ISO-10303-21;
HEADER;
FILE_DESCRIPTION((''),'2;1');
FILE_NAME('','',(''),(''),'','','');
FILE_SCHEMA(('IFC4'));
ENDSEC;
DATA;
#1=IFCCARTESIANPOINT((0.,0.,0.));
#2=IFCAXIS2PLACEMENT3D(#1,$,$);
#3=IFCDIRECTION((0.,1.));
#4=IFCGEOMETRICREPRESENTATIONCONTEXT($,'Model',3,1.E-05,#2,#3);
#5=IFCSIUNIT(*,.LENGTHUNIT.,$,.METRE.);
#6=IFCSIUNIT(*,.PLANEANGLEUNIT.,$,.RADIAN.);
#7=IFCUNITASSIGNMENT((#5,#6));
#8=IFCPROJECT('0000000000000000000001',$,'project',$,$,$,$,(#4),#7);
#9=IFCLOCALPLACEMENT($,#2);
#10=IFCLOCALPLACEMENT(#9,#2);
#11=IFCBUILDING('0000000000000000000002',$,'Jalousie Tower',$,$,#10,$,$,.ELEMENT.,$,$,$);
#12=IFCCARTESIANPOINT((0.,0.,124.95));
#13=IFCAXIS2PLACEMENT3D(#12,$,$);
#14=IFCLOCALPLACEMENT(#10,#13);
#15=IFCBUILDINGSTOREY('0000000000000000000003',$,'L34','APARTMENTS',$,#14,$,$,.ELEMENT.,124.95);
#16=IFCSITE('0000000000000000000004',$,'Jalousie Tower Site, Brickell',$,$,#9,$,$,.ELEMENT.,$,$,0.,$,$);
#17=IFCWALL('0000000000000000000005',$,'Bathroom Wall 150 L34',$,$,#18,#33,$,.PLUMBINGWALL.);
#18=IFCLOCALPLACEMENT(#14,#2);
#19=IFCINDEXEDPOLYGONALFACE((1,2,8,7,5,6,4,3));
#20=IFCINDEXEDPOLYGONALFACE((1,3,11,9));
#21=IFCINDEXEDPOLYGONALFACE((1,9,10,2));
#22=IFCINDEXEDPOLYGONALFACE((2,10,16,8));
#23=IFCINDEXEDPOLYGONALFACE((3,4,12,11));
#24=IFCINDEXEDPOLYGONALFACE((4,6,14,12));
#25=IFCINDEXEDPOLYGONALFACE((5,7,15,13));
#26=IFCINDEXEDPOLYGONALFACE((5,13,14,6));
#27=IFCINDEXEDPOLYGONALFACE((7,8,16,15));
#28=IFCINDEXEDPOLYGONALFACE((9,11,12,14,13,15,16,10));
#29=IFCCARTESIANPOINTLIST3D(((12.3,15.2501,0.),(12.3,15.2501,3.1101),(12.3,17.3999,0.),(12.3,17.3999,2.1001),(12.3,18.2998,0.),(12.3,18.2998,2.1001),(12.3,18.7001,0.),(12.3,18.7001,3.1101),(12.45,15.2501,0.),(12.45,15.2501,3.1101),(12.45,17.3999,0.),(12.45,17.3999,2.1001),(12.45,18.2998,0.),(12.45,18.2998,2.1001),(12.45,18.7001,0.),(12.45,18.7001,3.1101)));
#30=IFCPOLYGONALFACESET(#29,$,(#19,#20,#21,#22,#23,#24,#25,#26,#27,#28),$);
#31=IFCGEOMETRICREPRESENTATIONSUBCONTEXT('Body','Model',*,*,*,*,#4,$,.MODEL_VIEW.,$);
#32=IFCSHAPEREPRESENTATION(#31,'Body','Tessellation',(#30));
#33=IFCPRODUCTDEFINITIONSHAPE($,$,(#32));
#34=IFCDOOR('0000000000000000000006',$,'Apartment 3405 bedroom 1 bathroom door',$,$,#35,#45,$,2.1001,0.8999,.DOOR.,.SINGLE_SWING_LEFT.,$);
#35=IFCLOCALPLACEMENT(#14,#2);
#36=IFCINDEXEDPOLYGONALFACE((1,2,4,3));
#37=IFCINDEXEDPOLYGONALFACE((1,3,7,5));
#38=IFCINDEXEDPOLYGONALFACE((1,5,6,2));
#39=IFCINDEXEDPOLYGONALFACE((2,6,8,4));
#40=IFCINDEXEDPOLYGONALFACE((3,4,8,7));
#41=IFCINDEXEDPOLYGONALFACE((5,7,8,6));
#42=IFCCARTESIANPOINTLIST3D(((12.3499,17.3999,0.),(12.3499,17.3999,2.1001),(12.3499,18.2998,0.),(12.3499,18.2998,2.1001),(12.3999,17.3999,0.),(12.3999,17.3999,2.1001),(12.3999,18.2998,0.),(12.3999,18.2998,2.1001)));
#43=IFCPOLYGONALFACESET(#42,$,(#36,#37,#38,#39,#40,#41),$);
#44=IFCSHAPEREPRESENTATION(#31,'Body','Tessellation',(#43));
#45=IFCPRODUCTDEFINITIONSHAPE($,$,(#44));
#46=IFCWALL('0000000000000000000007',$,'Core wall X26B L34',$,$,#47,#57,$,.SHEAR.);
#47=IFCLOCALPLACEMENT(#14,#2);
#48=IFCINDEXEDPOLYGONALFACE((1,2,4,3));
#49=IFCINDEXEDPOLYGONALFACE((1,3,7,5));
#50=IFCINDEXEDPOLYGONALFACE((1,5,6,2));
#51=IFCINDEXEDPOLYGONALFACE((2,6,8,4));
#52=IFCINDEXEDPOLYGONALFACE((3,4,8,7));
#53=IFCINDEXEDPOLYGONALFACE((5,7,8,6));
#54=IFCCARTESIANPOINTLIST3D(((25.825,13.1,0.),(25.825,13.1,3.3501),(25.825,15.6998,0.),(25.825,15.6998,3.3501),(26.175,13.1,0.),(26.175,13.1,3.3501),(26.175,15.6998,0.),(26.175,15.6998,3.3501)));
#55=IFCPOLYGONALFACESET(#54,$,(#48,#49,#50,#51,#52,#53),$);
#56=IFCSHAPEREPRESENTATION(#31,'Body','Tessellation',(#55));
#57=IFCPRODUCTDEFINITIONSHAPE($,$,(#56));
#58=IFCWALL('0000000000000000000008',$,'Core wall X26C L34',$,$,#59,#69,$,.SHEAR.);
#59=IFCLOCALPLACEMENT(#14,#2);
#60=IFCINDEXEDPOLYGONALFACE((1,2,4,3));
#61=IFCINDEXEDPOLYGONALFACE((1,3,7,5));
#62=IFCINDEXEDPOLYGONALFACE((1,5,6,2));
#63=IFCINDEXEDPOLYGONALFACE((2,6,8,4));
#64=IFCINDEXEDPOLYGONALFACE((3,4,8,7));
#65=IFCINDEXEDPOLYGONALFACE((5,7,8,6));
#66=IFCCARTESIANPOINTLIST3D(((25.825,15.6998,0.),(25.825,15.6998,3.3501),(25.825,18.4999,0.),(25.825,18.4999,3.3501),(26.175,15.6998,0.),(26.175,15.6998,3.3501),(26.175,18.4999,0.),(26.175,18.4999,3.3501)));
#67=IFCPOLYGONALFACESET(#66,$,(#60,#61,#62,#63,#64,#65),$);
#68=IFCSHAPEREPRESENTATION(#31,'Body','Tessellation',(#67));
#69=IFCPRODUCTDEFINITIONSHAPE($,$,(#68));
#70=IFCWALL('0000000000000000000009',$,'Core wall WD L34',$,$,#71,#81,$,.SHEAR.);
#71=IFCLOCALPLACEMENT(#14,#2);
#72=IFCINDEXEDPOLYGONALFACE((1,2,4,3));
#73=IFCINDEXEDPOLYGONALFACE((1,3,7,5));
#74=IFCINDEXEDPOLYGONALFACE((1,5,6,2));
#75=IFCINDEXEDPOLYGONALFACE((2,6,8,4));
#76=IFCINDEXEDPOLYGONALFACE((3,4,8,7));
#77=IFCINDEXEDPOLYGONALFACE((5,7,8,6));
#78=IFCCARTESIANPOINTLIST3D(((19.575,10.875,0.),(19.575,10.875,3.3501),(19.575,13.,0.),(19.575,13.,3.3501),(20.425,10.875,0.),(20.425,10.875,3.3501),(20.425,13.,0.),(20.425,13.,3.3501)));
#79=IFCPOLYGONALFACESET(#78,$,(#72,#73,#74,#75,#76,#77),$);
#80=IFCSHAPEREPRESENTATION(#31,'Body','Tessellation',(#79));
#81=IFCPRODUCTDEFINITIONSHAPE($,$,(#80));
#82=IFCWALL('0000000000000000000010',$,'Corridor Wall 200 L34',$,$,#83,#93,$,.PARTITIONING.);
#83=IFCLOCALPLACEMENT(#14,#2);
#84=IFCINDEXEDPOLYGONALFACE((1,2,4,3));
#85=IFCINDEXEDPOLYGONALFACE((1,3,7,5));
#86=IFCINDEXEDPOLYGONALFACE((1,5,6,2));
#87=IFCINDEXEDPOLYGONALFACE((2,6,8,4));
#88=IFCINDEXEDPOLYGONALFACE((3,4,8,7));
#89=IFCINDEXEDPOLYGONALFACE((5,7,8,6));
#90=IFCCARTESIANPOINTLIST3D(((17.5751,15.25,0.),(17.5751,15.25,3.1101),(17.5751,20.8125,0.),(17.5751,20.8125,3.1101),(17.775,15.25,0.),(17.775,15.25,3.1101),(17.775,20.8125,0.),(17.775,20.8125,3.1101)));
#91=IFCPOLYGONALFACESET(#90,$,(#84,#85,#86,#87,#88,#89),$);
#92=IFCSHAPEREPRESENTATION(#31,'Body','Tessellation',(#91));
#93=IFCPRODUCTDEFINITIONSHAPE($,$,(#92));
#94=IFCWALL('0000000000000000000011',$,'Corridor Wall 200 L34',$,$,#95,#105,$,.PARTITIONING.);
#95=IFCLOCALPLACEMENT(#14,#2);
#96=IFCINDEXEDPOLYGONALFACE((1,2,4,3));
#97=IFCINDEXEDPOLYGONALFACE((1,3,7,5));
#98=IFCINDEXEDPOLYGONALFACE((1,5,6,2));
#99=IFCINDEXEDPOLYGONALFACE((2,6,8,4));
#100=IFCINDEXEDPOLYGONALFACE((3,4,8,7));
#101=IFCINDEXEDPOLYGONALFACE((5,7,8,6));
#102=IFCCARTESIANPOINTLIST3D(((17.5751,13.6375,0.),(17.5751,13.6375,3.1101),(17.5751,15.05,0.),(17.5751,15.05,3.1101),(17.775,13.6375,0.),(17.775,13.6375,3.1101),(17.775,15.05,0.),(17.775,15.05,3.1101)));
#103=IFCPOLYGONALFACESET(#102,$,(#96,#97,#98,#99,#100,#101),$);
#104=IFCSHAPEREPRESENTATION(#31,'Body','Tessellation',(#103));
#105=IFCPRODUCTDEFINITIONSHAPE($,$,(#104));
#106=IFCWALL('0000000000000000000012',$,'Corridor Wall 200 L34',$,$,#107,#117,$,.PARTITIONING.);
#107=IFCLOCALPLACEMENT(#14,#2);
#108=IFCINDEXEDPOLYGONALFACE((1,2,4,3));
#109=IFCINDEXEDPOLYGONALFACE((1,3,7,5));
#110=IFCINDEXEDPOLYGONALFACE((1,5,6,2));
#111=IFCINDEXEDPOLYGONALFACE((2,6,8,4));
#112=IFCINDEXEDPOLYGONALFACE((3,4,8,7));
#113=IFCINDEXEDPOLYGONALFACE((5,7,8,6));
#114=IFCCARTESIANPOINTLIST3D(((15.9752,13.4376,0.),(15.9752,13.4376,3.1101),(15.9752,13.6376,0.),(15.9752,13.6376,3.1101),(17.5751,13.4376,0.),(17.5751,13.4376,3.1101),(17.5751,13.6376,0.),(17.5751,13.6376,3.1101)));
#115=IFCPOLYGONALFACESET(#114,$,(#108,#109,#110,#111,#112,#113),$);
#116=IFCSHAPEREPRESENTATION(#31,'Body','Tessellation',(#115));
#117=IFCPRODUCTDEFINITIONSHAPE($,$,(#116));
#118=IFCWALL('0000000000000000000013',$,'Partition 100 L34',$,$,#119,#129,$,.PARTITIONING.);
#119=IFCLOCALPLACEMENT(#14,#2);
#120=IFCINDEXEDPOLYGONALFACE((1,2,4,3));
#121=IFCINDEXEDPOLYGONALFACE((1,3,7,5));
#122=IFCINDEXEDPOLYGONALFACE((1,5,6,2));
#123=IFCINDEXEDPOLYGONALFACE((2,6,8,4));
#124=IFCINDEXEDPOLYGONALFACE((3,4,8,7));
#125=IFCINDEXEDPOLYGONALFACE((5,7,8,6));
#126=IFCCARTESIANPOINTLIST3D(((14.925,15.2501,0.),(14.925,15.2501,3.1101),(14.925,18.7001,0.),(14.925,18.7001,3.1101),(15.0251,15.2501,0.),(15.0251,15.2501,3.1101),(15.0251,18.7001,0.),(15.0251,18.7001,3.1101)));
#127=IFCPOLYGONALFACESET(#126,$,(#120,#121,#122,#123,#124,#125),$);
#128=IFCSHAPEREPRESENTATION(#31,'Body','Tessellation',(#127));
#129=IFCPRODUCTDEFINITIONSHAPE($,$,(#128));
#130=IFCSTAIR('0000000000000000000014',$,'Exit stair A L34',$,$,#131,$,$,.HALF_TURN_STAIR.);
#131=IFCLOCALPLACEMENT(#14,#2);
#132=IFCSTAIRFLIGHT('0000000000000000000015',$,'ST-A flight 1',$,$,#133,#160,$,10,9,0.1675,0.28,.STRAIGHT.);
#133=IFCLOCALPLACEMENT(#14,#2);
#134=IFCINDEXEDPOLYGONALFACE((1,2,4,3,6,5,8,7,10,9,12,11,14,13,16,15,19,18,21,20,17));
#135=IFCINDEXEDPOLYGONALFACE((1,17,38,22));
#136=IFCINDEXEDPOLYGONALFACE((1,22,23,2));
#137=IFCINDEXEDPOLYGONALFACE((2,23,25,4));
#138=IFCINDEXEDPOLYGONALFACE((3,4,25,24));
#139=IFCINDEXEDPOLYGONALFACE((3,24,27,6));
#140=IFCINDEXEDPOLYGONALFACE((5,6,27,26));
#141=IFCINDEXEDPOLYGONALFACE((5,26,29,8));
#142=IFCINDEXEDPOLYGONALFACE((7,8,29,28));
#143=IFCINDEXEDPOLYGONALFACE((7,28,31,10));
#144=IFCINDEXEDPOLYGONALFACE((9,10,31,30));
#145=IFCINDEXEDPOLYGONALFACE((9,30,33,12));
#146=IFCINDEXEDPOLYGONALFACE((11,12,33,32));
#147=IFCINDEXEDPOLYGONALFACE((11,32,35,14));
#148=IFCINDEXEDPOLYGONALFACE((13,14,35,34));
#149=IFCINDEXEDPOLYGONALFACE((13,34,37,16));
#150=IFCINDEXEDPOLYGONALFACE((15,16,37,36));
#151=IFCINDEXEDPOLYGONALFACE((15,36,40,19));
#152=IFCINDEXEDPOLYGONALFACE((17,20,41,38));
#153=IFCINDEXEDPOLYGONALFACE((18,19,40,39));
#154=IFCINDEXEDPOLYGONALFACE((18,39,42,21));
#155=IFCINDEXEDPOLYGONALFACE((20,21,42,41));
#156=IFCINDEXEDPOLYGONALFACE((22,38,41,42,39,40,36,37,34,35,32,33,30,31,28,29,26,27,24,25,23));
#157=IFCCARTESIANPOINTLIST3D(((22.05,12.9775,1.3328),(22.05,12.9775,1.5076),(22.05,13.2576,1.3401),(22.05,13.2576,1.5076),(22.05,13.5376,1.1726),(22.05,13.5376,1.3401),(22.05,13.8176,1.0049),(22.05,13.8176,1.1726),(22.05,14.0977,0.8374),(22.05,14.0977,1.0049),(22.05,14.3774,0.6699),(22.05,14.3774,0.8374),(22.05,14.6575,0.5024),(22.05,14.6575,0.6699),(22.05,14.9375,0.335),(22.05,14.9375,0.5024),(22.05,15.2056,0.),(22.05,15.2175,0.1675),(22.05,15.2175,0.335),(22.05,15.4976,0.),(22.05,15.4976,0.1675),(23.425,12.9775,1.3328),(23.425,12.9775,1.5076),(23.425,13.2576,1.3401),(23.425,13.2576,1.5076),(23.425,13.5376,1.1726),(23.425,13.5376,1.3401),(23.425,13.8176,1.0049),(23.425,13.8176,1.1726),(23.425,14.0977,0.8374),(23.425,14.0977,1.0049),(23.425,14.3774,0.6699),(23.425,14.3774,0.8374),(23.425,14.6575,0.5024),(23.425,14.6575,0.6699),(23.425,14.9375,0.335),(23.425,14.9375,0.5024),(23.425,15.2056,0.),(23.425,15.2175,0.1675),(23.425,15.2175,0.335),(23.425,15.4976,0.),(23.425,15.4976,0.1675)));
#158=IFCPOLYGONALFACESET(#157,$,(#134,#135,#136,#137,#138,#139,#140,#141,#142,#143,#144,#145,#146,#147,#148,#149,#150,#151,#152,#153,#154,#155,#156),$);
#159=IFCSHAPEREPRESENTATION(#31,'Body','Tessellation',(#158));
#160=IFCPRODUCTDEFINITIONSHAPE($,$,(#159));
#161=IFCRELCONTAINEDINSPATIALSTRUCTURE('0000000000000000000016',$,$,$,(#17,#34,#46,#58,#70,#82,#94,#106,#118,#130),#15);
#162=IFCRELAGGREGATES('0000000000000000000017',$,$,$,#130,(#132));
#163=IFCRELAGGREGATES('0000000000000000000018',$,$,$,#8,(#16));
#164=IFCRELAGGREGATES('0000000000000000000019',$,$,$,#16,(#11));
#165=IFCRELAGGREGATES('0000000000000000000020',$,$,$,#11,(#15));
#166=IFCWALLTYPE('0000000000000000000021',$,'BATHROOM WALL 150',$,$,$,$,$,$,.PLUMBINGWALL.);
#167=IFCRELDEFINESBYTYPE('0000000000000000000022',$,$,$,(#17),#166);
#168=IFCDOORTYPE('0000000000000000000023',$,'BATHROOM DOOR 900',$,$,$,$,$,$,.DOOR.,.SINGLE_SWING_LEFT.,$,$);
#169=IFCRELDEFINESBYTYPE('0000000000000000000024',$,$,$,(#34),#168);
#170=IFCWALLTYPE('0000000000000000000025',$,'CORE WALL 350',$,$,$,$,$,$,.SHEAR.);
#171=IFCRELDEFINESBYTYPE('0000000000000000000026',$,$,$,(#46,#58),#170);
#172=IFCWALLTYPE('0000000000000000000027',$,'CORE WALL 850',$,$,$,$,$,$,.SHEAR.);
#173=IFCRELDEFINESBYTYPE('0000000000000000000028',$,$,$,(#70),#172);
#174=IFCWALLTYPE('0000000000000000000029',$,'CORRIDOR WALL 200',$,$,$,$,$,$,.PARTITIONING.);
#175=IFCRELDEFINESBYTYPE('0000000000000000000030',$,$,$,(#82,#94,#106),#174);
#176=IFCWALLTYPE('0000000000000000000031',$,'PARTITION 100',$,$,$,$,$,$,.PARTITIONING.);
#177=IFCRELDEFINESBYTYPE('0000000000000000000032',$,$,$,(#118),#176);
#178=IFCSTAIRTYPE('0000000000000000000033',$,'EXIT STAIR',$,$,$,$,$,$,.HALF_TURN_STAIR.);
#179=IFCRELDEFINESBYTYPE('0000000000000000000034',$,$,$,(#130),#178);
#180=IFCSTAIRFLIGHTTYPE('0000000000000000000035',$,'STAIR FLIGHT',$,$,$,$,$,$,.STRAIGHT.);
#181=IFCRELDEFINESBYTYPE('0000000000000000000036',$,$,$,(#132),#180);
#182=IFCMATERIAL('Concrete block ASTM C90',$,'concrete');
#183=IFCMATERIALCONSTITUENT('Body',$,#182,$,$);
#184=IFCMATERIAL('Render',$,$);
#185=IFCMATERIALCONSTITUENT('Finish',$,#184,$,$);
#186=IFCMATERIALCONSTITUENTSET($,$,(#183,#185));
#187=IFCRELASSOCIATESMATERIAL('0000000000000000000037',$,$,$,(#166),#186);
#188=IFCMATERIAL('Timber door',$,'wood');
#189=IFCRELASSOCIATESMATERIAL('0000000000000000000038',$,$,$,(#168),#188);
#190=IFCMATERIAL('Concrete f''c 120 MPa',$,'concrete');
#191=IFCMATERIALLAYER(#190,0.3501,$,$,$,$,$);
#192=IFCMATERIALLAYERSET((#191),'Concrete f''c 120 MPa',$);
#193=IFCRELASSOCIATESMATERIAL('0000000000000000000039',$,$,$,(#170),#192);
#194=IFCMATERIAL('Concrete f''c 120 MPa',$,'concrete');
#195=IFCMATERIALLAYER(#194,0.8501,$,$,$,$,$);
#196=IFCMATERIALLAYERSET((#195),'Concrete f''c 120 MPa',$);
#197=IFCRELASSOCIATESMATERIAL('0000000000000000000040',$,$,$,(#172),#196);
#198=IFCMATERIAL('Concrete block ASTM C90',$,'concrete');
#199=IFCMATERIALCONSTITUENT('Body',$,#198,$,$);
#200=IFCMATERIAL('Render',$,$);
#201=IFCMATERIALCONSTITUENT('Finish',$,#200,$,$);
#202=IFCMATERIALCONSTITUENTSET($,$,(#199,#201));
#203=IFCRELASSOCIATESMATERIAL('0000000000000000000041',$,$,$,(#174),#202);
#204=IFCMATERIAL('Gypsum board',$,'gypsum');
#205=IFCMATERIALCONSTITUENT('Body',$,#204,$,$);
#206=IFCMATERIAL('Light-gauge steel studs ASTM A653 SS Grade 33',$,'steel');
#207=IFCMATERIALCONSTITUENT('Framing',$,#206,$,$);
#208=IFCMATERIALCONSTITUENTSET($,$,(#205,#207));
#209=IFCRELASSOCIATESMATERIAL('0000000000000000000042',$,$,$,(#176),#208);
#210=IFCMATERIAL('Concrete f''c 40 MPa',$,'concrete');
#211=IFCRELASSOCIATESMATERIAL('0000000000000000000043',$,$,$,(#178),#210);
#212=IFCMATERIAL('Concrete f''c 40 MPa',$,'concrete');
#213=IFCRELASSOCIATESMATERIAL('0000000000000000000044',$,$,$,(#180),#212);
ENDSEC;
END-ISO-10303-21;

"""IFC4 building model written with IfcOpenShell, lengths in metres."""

from ifc_helpers import new_model, si_unit, direction, frame, frame_2d, origin, place, context, subcontext, project, spatial, polyline, rectangle, outline, extrude, material, layer, layer_set, constituent, constituent_set, type_object, element, fill, aggregate, save


model = new_model("IFC4")

# Units and contexts
model_context = context("Model", 3, precision=1e-05, world=origin(), true_north=direction((0.0, 1.0)))
body_context = subcontext(model_context, "Body", "Model", "MODEL_VIEW")
ifc_project = project(units=[si_unit("LENGTHUNIT", "METRE"), si_unit("PLANEANGLEUNIT", "RADIAN")], contexts=[model_context])

# Site, building, storey
site_placement = place(None, origin())
site = spatial("IfcSite", under=ifc_project, at=site_placement, Name="Jalousie Tower Site, Brickell", CompositionType="ELEMENT", RefElevation=0.0)
building_placement = place(site_placement, origin())
building = spatial("IfcBuilding", under=site, at=building_placement, Name="Jalousie Tower", CompositionType="ELEMENT")
storey_placement = place(building_placement, frame((0.0, 0.0, 124.95)))
storey = spatial("IfcBuildingStorey", under=building, at=storey_placement, Name="L34", Description="APARTMENTS", CompositionType="ELEMENT", Elevation=124.95)

# Wall, opening, door
ifc_material_1 = material(Name="Concrete block ASTM C90", Category="concrete")
ifc_constituent_1 = constituent(ifc_material_1, Name="Body")
ifc_material_2 = material(Name="Render")
ifc_constituent_2 = constituent(ifc_material_2, Name="Finish")
ifc_constituent_set_1 = constituent_set(constituents=[ifc_constituent_1, ifc_constituent_2])
wall_type_1 = type_object("IfcWallType", Name="BATHROOM WALL 150", PredefinedType="PLUMBINGWALL", material=ifc_constituent_set_1)
wall_1_placement = place(storey_placement, frame((12.375, 15.25, 0.0), z_axis=(0.0, 0.0, 1.0), x_axis=(0.0, 1.0, 0.0)))
wall_1 = element("IfcWall", 1, at=wall_1_placement, inside=storey, type_object=wall_type_1, Name="Bathroom Wall 150 L34", PredefinedType="PLUMBINGWALL", context=body_context, shape_type="SweptSolid", body=[
    extrude(rectangle(XDim=3.45, YDim=0.1499, at=frame_2d((1.7251, 0.0))), origin(), (0.0, 0.0, 1.0), 3.1101),
])
opening_placement = place(wall_1_placement, frame((2.1499, 0.0, 0.0)))
opening = element("IfcOpeningElement", 2, at=opening_placement, cuts=wall_1, PredefinedType="OPENING", context=body_context, shape_type="SweptSolid", body=[
    extrude(rectangle(XDim=0.8999, YDim=2.1001, at=frame_2d((0.45, 1.05))), frame((0.0, 0.085, 0.0), z_axis=(0.0, -1.0, 0.0), x_axis=(1.0, 0.0, 0.0)), (0.0, 0.0, 1.0), 0.1699),
])
ifc_material_3 = material(Name="Timber door", Category="wood")
door_type = type_object("IfcDoorType", Name="BATHROOM DOOR 900", OperationType="SINGLE_SWING_LEFT", PredefinedType="DOOR", material=ifc_material_3)
door_placement = place(opening_placement, frame((0.8999, 0.0, 0.0), z_axis=(0.0, 0.0, 1.0), x_axis=(-1.0, 0.0, 0.0)))
door = element("IfcDoor", 3, at=door_placement, inside=storey, type_object=door_type, Name="Apartment 3405 bedroom 1 bathroom door", OperationType="SINGLE_SWING_LEFT", OverallHeight=2.1001, OverallWidth=0.8999, PredefinedType="DOOR", context=body_context, shape_type="SweptSolid", body=[
    extrude(rectangle(XDim=0.8999, YDim=2.1001, at=frame_2d((0.45, 1.05))), frame((0.0, 0.0249, 0.0), z_axis=(0.0, -1.0, 0.0), x_axis=(1.0, 0.0, 0.0)), (0.0, 0.0, 1.0), 0.05),
])
fill(opening, door)

# Walls
ifc_material_4 = material(Name="Concrete f'c 120 MPa", Category="concrete")
ifc_layer_1 = layer(ifc_material_4, 0.3501)
ifc_layer_set_1 = layer_set([ifc_layer_1], Name="Concrete f'c 120 MPa")
wall_type_2 = type_object("IfcWallType", Name="CORE WALL 350", PredefinedType="SHEAR", material=ifc_layer_set_1)
wall_2_placement = place(storey_placement, frame((26.0, 13.1001, 0.0), z_axis=(0.0, 0.0, 1.0), x_axis=(0.0, 1.0, 0.0)))
element("IfcWall", 4, at=wall_2_placement, inside=storey, type_object=wall_type_2, Name="Core wall X26B L34", PredefinedType="SHEAR", context=body_context, shape_type="SweptSolid", body=[
    extrude(rectangle(XDim=2.5999, YDim=0.3501, at=frame_2d((1.2998, 0.0))), origin(), (0.0, 0.0, 1.0), 3.3501),
])
wall_3_placement = place(storey_placement, frame((26.0, 15.7, 0.0), z_axis=(0.0, 0.0, 1.0), x_axis=(0.0, 1.0, 0.0)))
element("IfcWall", 5, at=wall_3_placement, inside=storey, type_object=wall_type_2, Name="Core wall X26C L34", PredefinedType="SHEAR", context=body_context, shape_type="SweptSolid", body=[
    extrude(rectangle(XDim=2.8, YDim=0.3501, at=frame_2d((1.3999, 0.0))), origin(), (0.0, 0.0, 1.0), 3.3501),
])
ifc_material_5 = material(Name="Concrete f'c 120 MPa", Category="concrete")
ifc_layer_2 = layer(ifc_material_5, 0.8501)
ifc_layer_set_2 = layer_set([ifc_layer_2], Name="Concrete f'c 120 MPa")
wall_type_3 = type_object("IfcWallType", Name="CORE WALL 850", PredefinedType="SHEAR", material=ifc_layer_set_2)
wall_4_placement = place(storey_placement, frame((20.0, 13.0, 0.0), z_axis=(0.0, 0.0, 1.0), x_axis=(0.0, -1.0, 0.0)))
element("IfcWall", 6, at=wall_4_placement, inside=storey, type_object=wall_type_3, Name="Core wall WD L34", PredefinedType="SHEAR", context=body_context, shape_type="SweptSolid", body=[
    extrude(rectangle(XDim=2.125, YDim=0.8501, at=frame_2d((1.0625, 0.0))), origin(), (0.0, 0.0, 1.0), 3.3501),
])
ifc_material_6 = material(Name="Concrete block ASTM C90", Category="concrete")
ifc_constituent_3 = constituent(ifc_material_6, Name="Body")
ifc_material_7 = material(Name="Render")
ifc_constituent_4 = constituent(ifc_material_7, Name="Finish")
ifc_constituent_set_2 = constituent_set(constituents=[ifc_constituent_3, ifc_constituent_4])
wall_type_4 = type_object("IfcWallType", Name="CORRIDOR WALL 200", PredefinedType="PARTITIONING", material=ifc_constituent_set_2)
wall_5_placement = place(storey_placement, frame((17.675, 15.25, 0.0), z_axis=(0.0, 0.0, 1.0), x_axis=(0.0, 1.0, 0.0)))
element("IfcWall", 7, at=wall_5_placement, inside=storey, type_object=wall_type_4, Name="Corridor Wall 200 L34", PredefinedType="PARTITIONING", context=body_context, shape_type="SweptSolid", body=[
    extrude(rectangle(XDim=5.5625, YDim=0.2, at=frame_2d((2.7812, 0.0))), origin(), (0.0, 0.0, 1.0), 3.1101),
])
wall_6_placement = place(storey_placement, frame((17.675, 13.6375, 0.0), z_axis=(0.0, 0.0, 1.0), x_axis=(0.0, 1.0, 0.0)))
element("IfcWall", 8, at=wall_6_placement, inside=storey, type_object=wall_type_4, Name="Corridor Wall 200 L34", PredefinedType="PARTITIONING", context=body_context, shape_type="SweptSolid", body=[
    extrude(rectangle(XDim=1.4126, YDim=0.2, at=frame_2d((0.7063, 0.0))), origin(), (0.0, 0.0, 1.0), 3.1101),
])
wall_7_placement = place(storey_placement, frame((17.575, 13.5376, 0.0), z_axis=(0.0, 0.0, 1.0), x_axis=(-1.0, 0.0, 0.0)))
element("IfcWall", 9, at=wall_7_placement, inside=storey, type_object=wall_type_4, Name="Corridor Wall 200 L34", PredefinedType="PARTITIONING", context=body_context, shape_type="SweptSolid", body=[
    extrude(rectangle(XDim=1.5999, YDim=0.2, at=frame_2d((0.7998, 0.0))), origin(), (0.0, 0.0, 1.0), 3.1101),
])
ifc_material_8 = material(Name="Gypsum board", Category="gypsum")
ifc_constituent_5 = constituent(ifc_material_8, Name="Body")
ifc_material_9 = material(Name="Light-gauge steel studs ASTM A653 SS Grade 33", Category="steel")
ifc_constituent_6 = constituent(ifc_material_9, Name="Framing")
ifc_constituent_set_3 = constituent_set(constituents=[ifc_constituent_5, ifc_constituent_6])
wall_type_5 = type_object("IfcWallType", Name="PARTITION 100", PredefinedType="PARTITIONING", material=ifc_constituent_set_3)
wall_8_placement = place(storey_placement, frame((14.9751, 15.25, 0.0), z_axis=(0.0, 0.0, 1.0), x_axis=(0.0, 1.0, 0.0)))
element("IfcWall", 10, at=wall_8_placement, inside=storey, type_object=wall_type_5, Name="Partition 100 L34", PredefinedType="PARTITIONING", context=body_context, shape_type="SweptSolid", body=[
    extrude(rectangle(XDim=3.45, YDim=0.1001, at=frame_2d((1.7251, 0.0))), origin(), (0.0, 0.0, 1.0), 3.1101),
])

# Stair, stair flight
ifc_material_10 = material(Name="Concrete f'c 40 MPa", Category="concrete")
stair_type = type_object("IfcStairType", Name="EXIT STAIR", PredefinedType="HALF_TURN_STAIR", material=ifc_material_10)
stair_placement = place(storey_placement, origin())
stair = element("IfcStair", 11, at=stair_placement, inside=storey, type_object=stair_type, Name="Exit stair A L34", PredefinedType="HALF_TURN_STAIR")
ifc_material_11 = material(Name="Concrete f'c 40 MPa", Category="concrete")
stair_flight_type = type_object("IfcStairFlightType", Name="STAIR FLIGHT", PredefinedType="STRAIGHT", material=ifc_material_11)
stair_flight_1_placement = place(storey_placement, frame((22.7375, 15.4976, 0.0), z_axis=(0.0, 0.0, 1.0), x_axis=(0.0, -1.0, 0.0)))
stair_flight_1 = element("IfcStairFlight", 12, at=stair_flight_1_placement, type_object=stair_flight_type, Name="ST-A flight 1", NumberOfRisers=10, NumberOfTreads=9, PredefinedType="STRAIGHT", RiserHeight=0.1675, TreadLength=0.28, context=body_context, shape_type="SweptSolid", body=[
    extrude(outline(polyline([(0.0, 0.0), (0.0, 0.1675), (0.28, 0.1675), (0.28, 0.335), (0.5601, 0.335), (0.5601, 0.5024), (0.8401, 0.5024), (0.8401, 0.6699), (1.1201, 0.6699), (1.1201, 0.8374), (1.3999, 0.8374), (1.3999, 1.0049), (1.6799, 1.0049), (1.6799, 1.1726), (1.96, 1.1726), (1.96, 1.3401), (2.24, 1.3401), (2.24, 1.5076), (2.52, 1.5076), (2.52, 1.675), (2.52, 1.3328), (0.292, 0.0), (0.0, 0.0)])), frame((0.0, 0.6875, 0.0), z_axis=(0.0, -1.0, 0.0), x_axis=(1.0, 0.0, 0.0)), (0.0, 0.0, 1.0), 1.375),
])
aggregate(stair, [stair_flight_1])

save(model, "model.ifc")
